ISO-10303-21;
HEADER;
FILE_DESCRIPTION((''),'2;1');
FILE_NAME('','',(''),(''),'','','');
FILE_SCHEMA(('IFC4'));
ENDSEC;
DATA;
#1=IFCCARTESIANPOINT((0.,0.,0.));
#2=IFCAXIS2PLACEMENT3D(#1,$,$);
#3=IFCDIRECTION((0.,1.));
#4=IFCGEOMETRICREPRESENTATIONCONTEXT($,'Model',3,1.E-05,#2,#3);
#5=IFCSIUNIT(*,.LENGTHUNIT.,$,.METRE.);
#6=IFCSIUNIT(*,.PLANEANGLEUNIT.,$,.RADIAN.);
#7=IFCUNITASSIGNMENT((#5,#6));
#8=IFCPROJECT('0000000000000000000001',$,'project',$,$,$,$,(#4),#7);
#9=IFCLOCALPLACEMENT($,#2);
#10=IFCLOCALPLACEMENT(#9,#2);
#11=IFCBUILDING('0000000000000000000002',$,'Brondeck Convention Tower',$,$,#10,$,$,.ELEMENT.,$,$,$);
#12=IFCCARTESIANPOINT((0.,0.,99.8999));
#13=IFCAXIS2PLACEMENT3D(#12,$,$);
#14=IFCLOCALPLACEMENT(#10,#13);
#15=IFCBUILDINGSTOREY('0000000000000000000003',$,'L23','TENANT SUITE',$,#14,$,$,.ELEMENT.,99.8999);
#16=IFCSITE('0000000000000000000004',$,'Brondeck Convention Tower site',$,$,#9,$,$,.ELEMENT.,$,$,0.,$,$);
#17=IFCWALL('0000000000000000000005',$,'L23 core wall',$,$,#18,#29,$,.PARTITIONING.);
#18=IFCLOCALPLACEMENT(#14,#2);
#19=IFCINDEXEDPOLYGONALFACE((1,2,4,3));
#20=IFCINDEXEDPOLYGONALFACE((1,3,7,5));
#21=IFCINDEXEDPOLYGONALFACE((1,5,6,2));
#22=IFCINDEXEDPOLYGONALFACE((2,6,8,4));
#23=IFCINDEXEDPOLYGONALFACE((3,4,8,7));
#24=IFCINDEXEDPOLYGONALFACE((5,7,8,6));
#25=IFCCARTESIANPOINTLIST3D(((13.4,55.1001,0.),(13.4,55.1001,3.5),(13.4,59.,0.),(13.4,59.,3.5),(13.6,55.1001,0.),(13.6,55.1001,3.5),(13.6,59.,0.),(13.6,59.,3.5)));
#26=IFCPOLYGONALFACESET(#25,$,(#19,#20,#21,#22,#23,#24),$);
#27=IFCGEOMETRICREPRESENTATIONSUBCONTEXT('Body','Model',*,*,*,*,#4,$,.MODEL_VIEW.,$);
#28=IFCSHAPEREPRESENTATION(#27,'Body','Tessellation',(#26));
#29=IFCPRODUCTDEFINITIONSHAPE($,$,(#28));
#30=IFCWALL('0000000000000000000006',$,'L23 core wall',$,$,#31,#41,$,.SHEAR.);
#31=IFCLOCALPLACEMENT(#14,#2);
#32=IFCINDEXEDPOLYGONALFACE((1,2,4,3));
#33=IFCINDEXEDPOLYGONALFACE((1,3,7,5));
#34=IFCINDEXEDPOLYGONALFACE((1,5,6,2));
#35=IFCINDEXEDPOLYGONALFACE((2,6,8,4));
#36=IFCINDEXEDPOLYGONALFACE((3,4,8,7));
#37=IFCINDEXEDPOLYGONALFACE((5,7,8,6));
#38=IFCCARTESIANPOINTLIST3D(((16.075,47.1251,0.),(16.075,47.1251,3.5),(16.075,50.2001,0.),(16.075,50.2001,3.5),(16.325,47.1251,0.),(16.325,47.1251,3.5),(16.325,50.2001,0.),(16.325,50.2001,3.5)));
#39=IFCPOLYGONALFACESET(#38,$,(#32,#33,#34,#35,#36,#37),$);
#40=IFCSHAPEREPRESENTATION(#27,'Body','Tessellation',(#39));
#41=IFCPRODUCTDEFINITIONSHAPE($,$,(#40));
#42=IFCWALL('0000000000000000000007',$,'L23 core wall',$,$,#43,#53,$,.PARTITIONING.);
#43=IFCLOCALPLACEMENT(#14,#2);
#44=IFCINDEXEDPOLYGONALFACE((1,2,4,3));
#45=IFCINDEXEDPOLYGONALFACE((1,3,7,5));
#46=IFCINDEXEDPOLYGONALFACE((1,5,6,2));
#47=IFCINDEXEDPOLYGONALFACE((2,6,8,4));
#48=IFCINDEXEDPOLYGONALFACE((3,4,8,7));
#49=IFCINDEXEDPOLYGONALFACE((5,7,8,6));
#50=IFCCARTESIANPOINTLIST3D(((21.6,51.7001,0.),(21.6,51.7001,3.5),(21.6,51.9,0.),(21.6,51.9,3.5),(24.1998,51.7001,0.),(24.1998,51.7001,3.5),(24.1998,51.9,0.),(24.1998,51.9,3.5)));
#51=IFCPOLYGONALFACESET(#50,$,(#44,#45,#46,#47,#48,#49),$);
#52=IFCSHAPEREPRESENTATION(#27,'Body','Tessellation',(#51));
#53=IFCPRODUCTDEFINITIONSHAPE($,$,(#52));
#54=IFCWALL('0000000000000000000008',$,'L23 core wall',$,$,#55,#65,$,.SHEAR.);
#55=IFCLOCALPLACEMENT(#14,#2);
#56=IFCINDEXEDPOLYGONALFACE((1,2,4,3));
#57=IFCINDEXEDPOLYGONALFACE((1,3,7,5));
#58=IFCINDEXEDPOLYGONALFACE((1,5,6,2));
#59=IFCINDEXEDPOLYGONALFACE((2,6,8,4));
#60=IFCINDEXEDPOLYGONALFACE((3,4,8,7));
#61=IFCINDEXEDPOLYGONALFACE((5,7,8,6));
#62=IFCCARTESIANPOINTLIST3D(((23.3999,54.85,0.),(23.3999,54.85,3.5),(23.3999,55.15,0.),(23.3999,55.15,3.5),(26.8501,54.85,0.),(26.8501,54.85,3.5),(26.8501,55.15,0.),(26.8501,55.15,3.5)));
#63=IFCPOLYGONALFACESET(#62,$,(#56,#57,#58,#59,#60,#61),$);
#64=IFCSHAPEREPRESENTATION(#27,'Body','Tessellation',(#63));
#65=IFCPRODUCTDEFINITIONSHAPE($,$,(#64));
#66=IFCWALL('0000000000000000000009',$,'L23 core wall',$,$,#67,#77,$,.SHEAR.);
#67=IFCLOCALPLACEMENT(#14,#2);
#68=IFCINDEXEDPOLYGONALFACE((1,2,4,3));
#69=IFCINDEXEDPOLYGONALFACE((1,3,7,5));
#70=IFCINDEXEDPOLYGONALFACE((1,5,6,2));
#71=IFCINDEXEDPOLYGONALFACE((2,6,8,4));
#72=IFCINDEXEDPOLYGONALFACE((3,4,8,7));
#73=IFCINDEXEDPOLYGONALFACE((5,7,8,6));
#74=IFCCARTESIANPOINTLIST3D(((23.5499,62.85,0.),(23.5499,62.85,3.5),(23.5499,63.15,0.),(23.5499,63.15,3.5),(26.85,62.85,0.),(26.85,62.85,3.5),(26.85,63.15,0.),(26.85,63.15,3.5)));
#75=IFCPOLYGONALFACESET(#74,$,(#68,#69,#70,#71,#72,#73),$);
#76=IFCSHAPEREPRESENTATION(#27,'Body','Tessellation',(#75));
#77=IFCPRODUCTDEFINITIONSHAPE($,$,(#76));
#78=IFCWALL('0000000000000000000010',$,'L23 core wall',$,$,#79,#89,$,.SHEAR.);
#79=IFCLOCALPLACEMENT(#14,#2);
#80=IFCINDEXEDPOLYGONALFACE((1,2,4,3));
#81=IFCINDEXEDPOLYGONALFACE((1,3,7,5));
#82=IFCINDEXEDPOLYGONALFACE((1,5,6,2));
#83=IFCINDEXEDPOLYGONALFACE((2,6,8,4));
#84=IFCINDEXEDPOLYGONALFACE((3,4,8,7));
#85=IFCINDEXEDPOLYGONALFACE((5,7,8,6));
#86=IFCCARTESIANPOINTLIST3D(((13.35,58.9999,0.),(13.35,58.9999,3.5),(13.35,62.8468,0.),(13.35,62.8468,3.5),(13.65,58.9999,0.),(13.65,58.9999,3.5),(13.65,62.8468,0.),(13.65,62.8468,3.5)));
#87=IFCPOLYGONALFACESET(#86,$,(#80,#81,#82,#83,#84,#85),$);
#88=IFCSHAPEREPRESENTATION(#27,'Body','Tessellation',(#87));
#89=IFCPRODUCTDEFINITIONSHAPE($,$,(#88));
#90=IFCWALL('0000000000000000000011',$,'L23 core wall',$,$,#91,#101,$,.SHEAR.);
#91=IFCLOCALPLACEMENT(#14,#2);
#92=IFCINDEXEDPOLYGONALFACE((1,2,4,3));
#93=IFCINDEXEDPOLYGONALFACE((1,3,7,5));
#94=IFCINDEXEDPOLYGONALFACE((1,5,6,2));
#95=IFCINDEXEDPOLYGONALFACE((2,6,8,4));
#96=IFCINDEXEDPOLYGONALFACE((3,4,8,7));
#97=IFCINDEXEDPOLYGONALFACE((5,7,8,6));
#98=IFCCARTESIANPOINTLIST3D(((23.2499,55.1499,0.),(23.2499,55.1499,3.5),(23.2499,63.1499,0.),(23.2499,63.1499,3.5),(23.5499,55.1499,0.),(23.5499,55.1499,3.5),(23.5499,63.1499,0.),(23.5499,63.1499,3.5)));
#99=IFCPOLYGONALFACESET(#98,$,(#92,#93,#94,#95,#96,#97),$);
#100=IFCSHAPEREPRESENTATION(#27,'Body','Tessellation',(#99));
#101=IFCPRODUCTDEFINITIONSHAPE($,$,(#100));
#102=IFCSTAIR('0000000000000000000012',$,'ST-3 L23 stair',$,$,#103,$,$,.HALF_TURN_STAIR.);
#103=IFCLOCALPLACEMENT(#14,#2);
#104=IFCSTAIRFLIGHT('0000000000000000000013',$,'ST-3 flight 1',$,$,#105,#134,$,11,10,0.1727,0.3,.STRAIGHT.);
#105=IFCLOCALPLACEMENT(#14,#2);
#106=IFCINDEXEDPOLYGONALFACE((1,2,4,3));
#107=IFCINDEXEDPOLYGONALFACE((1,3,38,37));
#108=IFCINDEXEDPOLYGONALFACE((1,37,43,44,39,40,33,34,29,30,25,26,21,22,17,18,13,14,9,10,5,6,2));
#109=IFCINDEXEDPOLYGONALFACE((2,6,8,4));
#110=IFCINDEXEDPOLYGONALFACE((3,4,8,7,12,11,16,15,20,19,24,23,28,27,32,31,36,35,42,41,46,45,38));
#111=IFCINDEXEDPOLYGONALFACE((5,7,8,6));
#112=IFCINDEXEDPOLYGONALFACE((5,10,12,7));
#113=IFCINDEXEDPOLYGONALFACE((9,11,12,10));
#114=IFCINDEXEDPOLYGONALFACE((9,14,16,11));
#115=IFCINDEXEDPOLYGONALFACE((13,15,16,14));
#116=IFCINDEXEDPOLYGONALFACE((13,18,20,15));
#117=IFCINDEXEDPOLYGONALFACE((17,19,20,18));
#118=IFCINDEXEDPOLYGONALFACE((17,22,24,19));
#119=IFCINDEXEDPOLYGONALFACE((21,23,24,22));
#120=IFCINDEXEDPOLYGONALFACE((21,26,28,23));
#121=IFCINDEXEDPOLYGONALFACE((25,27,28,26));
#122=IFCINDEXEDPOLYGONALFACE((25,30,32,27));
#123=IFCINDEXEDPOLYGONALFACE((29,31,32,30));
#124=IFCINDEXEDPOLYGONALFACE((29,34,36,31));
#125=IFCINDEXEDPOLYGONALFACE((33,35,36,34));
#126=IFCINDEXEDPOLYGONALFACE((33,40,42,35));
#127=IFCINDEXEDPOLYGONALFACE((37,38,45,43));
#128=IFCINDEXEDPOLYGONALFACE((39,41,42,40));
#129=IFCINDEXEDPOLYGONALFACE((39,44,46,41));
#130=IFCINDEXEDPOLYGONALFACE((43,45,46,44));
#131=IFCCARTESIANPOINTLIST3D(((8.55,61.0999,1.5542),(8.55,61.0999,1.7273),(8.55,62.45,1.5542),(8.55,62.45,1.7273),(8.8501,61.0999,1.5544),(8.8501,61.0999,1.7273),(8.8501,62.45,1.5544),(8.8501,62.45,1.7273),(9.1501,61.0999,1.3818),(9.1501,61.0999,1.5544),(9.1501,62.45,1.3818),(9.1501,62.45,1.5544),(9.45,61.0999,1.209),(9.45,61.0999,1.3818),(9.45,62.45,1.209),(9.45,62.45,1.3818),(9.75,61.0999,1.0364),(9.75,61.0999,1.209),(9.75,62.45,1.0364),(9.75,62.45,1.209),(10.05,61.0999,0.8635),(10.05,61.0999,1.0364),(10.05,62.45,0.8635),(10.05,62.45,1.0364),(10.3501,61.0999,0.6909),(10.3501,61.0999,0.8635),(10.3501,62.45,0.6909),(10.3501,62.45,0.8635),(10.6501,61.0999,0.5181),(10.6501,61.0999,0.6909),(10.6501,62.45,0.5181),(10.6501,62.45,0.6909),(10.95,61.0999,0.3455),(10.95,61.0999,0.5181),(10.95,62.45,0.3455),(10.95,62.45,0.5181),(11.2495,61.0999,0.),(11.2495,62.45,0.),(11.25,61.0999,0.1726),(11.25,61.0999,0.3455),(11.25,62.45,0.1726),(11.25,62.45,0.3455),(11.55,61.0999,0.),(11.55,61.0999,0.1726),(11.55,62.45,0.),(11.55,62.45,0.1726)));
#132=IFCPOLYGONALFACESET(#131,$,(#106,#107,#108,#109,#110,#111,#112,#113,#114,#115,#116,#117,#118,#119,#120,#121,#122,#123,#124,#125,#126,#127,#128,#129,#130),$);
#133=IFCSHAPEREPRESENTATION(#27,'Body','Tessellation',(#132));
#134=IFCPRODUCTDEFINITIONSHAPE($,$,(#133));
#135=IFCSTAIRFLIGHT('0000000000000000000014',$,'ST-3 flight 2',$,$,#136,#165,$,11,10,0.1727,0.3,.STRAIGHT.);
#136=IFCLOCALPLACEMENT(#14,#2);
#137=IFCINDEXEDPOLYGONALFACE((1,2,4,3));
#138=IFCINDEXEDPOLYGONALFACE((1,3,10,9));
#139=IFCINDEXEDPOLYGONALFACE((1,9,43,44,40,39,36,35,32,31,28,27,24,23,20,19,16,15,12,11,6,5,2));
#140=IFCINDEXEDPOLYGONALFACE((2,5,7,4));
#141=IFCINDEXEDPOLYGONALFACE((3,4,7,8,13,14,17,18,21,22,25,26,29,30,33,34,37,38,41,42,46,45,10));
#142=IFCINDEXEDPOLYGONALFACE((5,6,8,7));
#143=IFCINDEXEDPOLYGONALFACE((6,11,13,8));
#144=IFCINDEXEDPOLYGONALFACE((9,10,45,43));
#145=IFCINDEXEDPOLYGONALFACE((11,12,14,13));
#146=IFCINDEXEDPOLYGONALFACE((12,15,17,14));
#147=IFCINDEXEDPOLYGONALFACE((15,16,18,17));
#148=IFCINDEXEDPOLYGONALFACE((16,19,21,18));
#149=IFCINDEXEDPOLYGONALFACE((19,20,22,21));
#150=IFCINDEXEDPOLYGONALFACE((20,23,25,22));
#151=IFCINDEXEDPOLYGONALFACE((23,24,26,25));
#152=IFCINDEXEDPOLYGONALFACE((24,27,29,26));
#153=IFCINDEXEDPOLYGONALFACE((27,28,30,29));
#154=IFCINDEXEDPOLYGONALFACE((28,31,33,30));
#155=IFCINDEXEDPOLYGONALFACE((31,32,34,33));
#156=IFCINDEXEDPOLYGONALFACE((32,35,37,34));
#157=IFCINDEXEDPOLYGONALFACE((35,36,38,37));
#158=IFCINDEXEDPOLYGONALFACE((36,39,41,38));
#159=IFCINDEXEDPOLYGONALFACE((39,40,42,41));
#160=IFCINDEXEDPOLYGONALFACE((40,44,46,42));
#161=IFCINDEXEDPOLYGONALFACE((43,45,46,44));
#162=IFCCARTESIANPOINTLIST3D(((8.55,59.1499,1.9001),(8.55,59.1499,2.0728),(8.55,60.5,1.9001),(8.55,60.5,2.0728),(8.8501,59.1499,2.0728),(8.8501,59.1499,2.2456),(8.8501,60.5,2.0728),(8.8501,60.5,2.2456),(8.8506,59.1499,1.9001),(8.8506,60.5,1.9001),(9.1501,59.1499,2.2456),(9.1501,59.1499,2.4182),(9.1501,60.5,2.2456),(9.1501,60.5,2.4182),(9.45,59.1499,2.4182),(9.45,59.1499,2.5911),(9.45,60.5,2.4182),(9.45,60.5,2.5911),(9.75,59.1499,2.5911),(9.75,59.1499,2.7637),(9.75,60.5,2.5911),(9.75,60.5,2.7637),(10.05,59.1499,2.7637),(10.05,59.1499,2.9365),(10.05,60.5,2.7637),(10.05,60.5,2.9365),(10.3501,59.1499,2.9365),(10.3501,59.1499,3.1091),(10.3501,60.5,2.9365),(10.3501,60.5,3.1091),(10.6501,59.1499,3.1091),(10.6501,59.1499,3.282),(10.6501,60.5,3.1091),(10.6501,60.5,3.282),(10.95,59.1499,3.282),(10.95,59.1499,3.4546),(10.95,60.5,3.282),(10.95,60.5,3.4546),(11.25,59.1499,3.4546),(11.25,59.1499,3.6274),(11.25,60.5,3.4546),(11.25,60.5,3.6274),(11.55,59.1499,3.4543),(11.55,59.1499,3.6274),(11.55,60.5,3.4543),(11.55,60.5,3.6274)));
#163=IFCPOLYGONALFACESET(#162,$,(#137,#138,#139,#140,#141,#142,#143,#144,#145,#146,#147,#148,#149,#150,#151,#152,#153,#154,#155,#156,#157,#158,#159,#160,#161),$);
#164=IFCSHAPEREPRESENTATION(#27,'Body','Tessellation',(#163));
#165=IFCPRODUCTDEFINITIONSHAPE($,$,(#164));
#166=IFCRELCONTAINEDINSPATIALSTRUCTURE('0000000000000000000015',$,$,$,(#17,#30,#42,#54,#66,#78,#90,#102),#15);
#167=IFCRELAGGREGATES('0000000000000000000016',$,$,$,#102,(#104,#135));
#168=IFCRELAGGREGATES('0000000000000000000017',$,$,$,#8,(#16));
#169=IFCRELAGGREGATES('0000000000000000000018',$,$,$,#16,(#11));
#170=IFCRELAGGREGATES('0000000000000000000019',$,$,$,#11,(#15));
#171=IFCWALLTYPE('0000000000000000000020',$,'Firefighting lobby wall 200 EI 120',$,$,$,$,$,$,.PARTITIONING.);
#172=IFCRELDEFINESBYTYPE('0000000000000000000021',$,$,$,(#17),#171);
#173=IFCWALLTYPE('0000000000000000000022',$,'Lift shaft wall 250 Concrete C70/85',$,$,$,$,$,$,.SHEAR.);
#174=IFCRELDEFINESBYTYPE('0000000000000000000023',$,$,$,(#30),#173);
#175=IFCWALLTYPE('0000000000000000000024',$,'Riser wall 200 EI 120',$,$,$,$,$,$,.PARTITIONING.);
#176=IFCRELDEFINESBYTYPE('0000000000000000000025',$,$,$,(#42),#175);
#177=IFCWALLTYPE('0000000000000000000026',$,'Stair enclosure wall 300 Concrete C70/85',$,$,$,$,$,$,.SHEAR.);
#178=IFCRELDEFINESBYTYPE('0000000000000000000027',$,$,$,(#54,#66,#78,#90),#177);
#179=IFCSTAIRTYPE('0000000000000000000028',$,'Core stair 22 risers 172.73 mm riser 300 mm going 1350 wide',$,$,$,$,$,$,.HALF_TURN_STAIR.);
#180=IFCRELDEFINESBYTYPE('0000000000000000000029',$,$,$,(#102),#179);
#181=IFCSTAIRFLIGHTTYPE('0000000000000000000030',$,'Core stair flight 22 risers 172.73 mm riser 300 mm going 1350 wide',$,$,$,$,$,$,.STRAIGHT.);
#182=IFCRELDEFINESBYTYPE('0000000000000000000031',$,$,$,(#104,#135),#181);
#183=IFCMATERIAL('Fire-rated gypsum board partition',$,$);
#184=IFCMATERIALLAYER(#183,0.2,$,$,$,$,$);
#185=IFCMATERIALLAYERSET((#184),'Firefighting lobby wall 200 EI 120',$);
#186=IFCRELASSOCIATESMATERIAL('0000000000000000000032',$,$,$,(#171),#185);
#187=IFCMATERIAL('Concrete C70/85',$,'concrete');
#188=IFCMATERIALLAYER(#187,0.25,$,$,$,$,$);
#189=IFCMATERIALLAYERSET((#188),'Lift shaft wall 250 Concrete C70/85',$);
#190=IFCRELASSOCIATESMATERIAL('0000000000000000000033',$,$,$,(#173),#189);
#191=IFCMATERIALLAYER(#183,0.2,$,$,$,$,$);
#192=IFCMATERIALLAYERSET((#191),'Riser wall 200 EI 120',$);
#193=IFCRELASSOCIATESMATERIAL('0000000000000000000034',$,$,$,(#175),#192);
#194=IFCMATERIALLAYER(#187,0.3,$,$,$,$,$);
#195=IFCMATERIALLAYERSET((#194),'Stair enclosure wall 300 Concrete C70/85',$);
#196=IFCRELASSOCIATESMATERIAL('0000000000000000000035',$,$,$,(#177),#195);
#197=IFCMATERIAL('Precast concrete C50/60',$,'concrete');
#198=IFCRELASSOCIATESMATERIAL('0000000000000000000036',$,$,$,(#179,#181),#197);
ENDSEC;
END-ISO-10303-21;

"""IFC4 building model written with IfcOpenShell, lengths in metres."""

from ifc_helpers import new_model, si_unit, direction, frame, frame_2d, origin, place, context, subcontext, project, spatial, polyline, rectangle, outline, extrude, material, layer, layer_set, type_object, element, aggregate, save


model = new_model("IFC4")

# Units and contexts
model_context = context("Model", 3, precision=1e-05, world=origin(), true_north=direction((0.0, 1.0)))
body_context = subcontext(model_context, "Body", "Model", "MODEL_VIEW")
ifc_project = project(units=[si_unit("LENGTHUNIT", "METRE"), si_unit("PLANEANGLEUNIT", "RADIAN")], contexts=[model_context])

# Site, building, storey
site_placement = place(None, origin())
site = spatial("IfcSite", under=ifc_project, at=site_placement, Name="Brondeck Convention Tower site", CompositionType="ELEMENT", RefElevation=0.0)
building_placement = place(site_placement, origin())
building = spatial("IfcBuilding", under=site, at=building_placement, Name="Brondeck Convention Tower", CompositionType="ELEMENT")
storey_placement = place(building_placement, frame((0.0, 0.0, 99.8999)))
storey = spatial("IfcBuildingStorey", under=building, at=storey_placement, Name="L23", Description="TENANT SUITE", CompositionType="ELEMENT", Elevation=99.8999)

# Shared definitions
ifc_material_1 = material(Name="Concrete C70/85", Category="concrete")

# Shared definitions
ifc_material_2 = material(Name="Fire-rated gypsum board partition")

# Shared definitions
ifc_layer_1 = layer(ifc_material_2, 0.2)
ifc_layer_set_1 = layer_set([ifc_layer_1], Name="Firefighting lobby wall 200 EI 120")
wall_type_1 = type_object("IfcWallType", Name="Firefighting lobby wall 200 EI 120", PredefinedType="PARTITIONING", material=ifc_layer_set_1)

# Walls
wall_1_placement = place(storey_placement, frame((13.5, 55.1001, 0.0), z_axis=(0.0, 0.0, 1.0), x_axis=(0.0, 1.0, 0.0)))
element("IfcWall", 1, at=wall_1_placement, inside=storey, type_object=wall_type_1, Name="L23 core wall", PredefinedType="PARTITIONING", context=body_context, shape_type="SweptSolid", body=[
    extrude(rectangle(XDim=3.8999, YDim=0.2, at=frame_2d((1.95, 0.0))), origin(), (0.0, 0.0, 1.0), 3.5),
])
ifc_layer_2 = layer(ifc_material_1, 0.25)
ifc_layer_set_2 = layer_set([ifc_layer_2], Name="Lift shaft wall 250 Concrete C70/85")
wall_type_2 = type_object("IfcWallType", Name="Lift shaft wall 250 Concrete C70/85", PredefinedType="SHEAR", material=ifc_layer_set_2)
wall_2_placement = place(storey_placement, frame((16.2, 47.125, 0.0), z_axis=(0.0, 0.0, 1.0), x_axis=(0.0, 1.0, 0.0)))
element("IfcWall", 2, at=wall_2_placement, inside=storey, type_object=wall_type_2, Name="L23 core wall", PredefinedType="SHEAR", context=body_context, shape_type="SweptSolid", body=[
    extrude(rectangle(XDim=3.075, YDim=0.25, at=frame_2d((1.5376, 0.0))), origin(), (0.0, 0.0, 1.0), 3.5),
])
ifc_layer_3 = layer(ifc_material_2, 0.2)
ifc_layer_set_3 = layer_set([ifc_layer_3], Name="Riser wall 200 EI 120")
wall_type_3 = type_object("IfcWallType", Name="Riser wall 200 EI 120", PredefinedType="PARTITIONING", material=ifc_layer_set_3)
wall_3_placement = place(storey_placement, frame((21.6001, 51.8, 0.0), z_axis=(0.0, 0.0, 1.0), x_axis=(1.0, 0.0, 0.0)))
element("IfcWall", 3, at=wall_3_placement, inside=storey, type_object=wall_type_3, Name="L23 core wall", PredefinedType="PARTITIONING", context=body_context, shape_type="SweptSolid", body=[
    extrude(rectangle(XDim=2.5999, YDim=0.2, at=frame_2d((1.2998, 0.0))), origin(), (0.0, 0.0, 1.0), 3.5),
])
ifc_layer_4 = layer(ifc_material_1, 0.3)
ifc_layer_set_4 = layer_set([ifc_layer_4], Name="Stair enclosure wall 300 Concrete C70/85")
wall_type_4 = type_object("IfcWallType", Name="Stair enclosure wall 300 Concrete C70/85", PredefinedType="SHEAR", material=ifc_layer_set_4)
wall_4_placement = place(storey_placement, frame((23.3999, 55.0, 0.0), z_axis=(0.0, 0.0, 1.0), x_axis=(1.0, 0.0, 0.0)))
element("IfcWall", 4, at=wall_4_placement, inside=storey, type_object=wall_type_4, Name="L23 core wall", PredefinedType="SHEAR", context=body_context, shape_type="SweptSolid", body=[
    extrude(rectangle(XDim=3.4502, YDim=0.3, at=frame_2d((1.7251, 0.0))), origin(), (0.0, 0.0, 1.0), 3.5),
])
wall_5_placement = place(storey_placement, frame((23.55, 63.0, 0.0), z_axis=(0.0, 0.0, 1.0), x_axis=(1.0, 0.0, 0.0)))
element("IfcWall", 5, at=wall_5_placement, inside=storey, type_object=wall_type_4, Name="L23 core wall", PredefinedType="SHEAR", context=body_context, shape_type="SweptSolid", body=[
    extrude(rectangle(XDim=3.3, YDim=0.3, at=frame_2d((1.6499, 0.0))), origin(), (0.0, 0.0, 1.0), 3.5),
])
wall_6_placement = place(storey_placement, frame((13.5, 59.0, 0.0), z_axis=(0.0, 0.0, 1.0), x_axis=(0.0, 1.0, 0.0)))
element("IfcWall", 6, at=wall_6_placement, inside=storey, type_object=wall_type_4, Name="L23 core wall", PredefinedType="SHEAR", context=body_context, shape_type="SweptSolid", body=[
    extrude(rectangle(XDim=3.8469, YDim=0.3, at=frame_2d((1.9233, 0.0))), origin(), (0.0, 0.0, 1.0), 3.5),
])
wall_7_placement = place(storey_placement, frame((23.3999, 55.1499, 0.0), z_axis=(0.0, 0.0, 1.0), x_axis=(0.0, 1.0, 0.0)))
element("IfcWall", 7, at=wall_7_placement, inside=storey, type_object=wall_type_4, Name="L23 core wall", PredefinedType="SHEAR", context=body_context, shape_type="SweptSolid", body=[
    extrude(rectangle(XDim=8.0, YDim=0.3, at=frame_2d((4.0, 0.0))), origin(), (0.0, 0.0, 1.0), 3.5),
])

# Stair, stair flights
ifc_material_3 = material(Name="Precast concrete C50/60", Category="concrete")
stair_type = type_object("IfcStairType", Name="Core stair 22 risers 172.73 mm riser 300 mm going 1350 wide", PredefinedType="HALF_TURN_STAIR", material=ifc_material_3)
stair_placement = place(storey_placement, origin())
stair = element("IfcStair", 8, at=stair_placement, inside=storey, type_object=stair_type, Name="ST-3 L23 stair", PredefinedType="HALF_TURN_STAIR")
stair_flight_type = type_object("IfcStairFlightType", Name="Core stair flight 22 risers 172.73 mm riser 300 mm going 1350 wide", PredefinedType="STRAIGHT", material=ifc_material_3)
stair_flight_1_placement = place(storey_placement, frame((11.55, 61.7749, 0.0), z_axis=(0.0, 0.0, 1.0), x_axis=(-1.0, 0.0, 0.0)))
stair_flight_1 = element("IfcStairFlight", 9, at=stair_flight_1_placement, type_object=stair_flight_type, Name="ST-3 flight 1", NumberOfRisers=11, NumberOfTreads=10, PredefinedType="STRAIGHT", RiserHeight=0.1727, TreadLength=0.3, context=body_context, shape_type="SweptSolid", body=[
    extrude(outline(polyline([(0.0, 0.0), (0.0, 0.1726), (0.3, 0.1726), (0.3, 0.3455), (0.6001, 0.3455), (0.6001, 0.5181), (0.8999, 0.5181), (0.8999, 0.6909), (1.2, 0.6909), (1.2, 0.8635), (1.5, 0.8635), (1.5, 1.0364), (1.8, 1.0364), (1.8, 1.209), (2.1001, 1.209), (2.1001, 1.3818), (2.3999, 1.3818), (2.3999, 1.5544), (2.7, 1.5544), (2.7, 1.7273), (3.0, 1.7273), (3.0, 1.8999), (3.0, 1.5542), (0.3005, 0.0), (0.0, 0.0)])), frame((0.0, 0.675, 0.0), z_axis=(0.0, -1.0, 0.0), x_axis=(1.0, 0.0, 0.0)), (0.0, 0.0, 1.0), 1.3501),
])
stair_flight_2_placement = place(storey_placement, frame((8.55, 59.825, 1.9001), z_axis=(0.0, 0.0, 1.0), x_axis=(1.0, 0.0, 0.0)))
stair_flight_2 = element("IfcStairFlight", 10, at=stair_flight_2_placement, type_object=stair_flight_type, Name="ST-3 flight 2", NumberOfRisers=11, NumberOfTreads=10, PredefinedType="STRAIGHT", RiserHeight=0.1727, TreadLength=0.3, context=body_context, shape_type="SweptSolid", body=[
    extrude(outline(polyline([(0.0, 0.0), (0.0, 0.1726), (0.3, 0.1726), (0.3, 0.3455), (0.6001, 0.3455), (0.6001, 0.5181), (0.8999, 0.5181), (0.8999, 0.6909), (1.2, 0.6909), (1.2, 0.8635), (1.5, 0.8635), (1.5, 1.0364), (1.8, 1.0364), (1.8, 1.209), (2.1001, 1.209), (2.1001, 1.3818), (2.3999, 1.3818), (2.3999, 1.5544), (2.7, 1.5544), (2.7, 1.7273), (3.0, 1.7273), (3.0, 1.8999), (3.0, 1.5542), (0.3005, 0.0), (0.0, 0.0)])), frame((0.0, 0.675, 0.0), z_axis=(0.0, -1.0, 0.0), x_axis=(1.0, 0.0, 0.0)), (0.0, 0.0, 1.0), 1.3501),
])
aggregate(stair, [stair_flight_1, stair_flight_2])

save(model, "model.ifc")
